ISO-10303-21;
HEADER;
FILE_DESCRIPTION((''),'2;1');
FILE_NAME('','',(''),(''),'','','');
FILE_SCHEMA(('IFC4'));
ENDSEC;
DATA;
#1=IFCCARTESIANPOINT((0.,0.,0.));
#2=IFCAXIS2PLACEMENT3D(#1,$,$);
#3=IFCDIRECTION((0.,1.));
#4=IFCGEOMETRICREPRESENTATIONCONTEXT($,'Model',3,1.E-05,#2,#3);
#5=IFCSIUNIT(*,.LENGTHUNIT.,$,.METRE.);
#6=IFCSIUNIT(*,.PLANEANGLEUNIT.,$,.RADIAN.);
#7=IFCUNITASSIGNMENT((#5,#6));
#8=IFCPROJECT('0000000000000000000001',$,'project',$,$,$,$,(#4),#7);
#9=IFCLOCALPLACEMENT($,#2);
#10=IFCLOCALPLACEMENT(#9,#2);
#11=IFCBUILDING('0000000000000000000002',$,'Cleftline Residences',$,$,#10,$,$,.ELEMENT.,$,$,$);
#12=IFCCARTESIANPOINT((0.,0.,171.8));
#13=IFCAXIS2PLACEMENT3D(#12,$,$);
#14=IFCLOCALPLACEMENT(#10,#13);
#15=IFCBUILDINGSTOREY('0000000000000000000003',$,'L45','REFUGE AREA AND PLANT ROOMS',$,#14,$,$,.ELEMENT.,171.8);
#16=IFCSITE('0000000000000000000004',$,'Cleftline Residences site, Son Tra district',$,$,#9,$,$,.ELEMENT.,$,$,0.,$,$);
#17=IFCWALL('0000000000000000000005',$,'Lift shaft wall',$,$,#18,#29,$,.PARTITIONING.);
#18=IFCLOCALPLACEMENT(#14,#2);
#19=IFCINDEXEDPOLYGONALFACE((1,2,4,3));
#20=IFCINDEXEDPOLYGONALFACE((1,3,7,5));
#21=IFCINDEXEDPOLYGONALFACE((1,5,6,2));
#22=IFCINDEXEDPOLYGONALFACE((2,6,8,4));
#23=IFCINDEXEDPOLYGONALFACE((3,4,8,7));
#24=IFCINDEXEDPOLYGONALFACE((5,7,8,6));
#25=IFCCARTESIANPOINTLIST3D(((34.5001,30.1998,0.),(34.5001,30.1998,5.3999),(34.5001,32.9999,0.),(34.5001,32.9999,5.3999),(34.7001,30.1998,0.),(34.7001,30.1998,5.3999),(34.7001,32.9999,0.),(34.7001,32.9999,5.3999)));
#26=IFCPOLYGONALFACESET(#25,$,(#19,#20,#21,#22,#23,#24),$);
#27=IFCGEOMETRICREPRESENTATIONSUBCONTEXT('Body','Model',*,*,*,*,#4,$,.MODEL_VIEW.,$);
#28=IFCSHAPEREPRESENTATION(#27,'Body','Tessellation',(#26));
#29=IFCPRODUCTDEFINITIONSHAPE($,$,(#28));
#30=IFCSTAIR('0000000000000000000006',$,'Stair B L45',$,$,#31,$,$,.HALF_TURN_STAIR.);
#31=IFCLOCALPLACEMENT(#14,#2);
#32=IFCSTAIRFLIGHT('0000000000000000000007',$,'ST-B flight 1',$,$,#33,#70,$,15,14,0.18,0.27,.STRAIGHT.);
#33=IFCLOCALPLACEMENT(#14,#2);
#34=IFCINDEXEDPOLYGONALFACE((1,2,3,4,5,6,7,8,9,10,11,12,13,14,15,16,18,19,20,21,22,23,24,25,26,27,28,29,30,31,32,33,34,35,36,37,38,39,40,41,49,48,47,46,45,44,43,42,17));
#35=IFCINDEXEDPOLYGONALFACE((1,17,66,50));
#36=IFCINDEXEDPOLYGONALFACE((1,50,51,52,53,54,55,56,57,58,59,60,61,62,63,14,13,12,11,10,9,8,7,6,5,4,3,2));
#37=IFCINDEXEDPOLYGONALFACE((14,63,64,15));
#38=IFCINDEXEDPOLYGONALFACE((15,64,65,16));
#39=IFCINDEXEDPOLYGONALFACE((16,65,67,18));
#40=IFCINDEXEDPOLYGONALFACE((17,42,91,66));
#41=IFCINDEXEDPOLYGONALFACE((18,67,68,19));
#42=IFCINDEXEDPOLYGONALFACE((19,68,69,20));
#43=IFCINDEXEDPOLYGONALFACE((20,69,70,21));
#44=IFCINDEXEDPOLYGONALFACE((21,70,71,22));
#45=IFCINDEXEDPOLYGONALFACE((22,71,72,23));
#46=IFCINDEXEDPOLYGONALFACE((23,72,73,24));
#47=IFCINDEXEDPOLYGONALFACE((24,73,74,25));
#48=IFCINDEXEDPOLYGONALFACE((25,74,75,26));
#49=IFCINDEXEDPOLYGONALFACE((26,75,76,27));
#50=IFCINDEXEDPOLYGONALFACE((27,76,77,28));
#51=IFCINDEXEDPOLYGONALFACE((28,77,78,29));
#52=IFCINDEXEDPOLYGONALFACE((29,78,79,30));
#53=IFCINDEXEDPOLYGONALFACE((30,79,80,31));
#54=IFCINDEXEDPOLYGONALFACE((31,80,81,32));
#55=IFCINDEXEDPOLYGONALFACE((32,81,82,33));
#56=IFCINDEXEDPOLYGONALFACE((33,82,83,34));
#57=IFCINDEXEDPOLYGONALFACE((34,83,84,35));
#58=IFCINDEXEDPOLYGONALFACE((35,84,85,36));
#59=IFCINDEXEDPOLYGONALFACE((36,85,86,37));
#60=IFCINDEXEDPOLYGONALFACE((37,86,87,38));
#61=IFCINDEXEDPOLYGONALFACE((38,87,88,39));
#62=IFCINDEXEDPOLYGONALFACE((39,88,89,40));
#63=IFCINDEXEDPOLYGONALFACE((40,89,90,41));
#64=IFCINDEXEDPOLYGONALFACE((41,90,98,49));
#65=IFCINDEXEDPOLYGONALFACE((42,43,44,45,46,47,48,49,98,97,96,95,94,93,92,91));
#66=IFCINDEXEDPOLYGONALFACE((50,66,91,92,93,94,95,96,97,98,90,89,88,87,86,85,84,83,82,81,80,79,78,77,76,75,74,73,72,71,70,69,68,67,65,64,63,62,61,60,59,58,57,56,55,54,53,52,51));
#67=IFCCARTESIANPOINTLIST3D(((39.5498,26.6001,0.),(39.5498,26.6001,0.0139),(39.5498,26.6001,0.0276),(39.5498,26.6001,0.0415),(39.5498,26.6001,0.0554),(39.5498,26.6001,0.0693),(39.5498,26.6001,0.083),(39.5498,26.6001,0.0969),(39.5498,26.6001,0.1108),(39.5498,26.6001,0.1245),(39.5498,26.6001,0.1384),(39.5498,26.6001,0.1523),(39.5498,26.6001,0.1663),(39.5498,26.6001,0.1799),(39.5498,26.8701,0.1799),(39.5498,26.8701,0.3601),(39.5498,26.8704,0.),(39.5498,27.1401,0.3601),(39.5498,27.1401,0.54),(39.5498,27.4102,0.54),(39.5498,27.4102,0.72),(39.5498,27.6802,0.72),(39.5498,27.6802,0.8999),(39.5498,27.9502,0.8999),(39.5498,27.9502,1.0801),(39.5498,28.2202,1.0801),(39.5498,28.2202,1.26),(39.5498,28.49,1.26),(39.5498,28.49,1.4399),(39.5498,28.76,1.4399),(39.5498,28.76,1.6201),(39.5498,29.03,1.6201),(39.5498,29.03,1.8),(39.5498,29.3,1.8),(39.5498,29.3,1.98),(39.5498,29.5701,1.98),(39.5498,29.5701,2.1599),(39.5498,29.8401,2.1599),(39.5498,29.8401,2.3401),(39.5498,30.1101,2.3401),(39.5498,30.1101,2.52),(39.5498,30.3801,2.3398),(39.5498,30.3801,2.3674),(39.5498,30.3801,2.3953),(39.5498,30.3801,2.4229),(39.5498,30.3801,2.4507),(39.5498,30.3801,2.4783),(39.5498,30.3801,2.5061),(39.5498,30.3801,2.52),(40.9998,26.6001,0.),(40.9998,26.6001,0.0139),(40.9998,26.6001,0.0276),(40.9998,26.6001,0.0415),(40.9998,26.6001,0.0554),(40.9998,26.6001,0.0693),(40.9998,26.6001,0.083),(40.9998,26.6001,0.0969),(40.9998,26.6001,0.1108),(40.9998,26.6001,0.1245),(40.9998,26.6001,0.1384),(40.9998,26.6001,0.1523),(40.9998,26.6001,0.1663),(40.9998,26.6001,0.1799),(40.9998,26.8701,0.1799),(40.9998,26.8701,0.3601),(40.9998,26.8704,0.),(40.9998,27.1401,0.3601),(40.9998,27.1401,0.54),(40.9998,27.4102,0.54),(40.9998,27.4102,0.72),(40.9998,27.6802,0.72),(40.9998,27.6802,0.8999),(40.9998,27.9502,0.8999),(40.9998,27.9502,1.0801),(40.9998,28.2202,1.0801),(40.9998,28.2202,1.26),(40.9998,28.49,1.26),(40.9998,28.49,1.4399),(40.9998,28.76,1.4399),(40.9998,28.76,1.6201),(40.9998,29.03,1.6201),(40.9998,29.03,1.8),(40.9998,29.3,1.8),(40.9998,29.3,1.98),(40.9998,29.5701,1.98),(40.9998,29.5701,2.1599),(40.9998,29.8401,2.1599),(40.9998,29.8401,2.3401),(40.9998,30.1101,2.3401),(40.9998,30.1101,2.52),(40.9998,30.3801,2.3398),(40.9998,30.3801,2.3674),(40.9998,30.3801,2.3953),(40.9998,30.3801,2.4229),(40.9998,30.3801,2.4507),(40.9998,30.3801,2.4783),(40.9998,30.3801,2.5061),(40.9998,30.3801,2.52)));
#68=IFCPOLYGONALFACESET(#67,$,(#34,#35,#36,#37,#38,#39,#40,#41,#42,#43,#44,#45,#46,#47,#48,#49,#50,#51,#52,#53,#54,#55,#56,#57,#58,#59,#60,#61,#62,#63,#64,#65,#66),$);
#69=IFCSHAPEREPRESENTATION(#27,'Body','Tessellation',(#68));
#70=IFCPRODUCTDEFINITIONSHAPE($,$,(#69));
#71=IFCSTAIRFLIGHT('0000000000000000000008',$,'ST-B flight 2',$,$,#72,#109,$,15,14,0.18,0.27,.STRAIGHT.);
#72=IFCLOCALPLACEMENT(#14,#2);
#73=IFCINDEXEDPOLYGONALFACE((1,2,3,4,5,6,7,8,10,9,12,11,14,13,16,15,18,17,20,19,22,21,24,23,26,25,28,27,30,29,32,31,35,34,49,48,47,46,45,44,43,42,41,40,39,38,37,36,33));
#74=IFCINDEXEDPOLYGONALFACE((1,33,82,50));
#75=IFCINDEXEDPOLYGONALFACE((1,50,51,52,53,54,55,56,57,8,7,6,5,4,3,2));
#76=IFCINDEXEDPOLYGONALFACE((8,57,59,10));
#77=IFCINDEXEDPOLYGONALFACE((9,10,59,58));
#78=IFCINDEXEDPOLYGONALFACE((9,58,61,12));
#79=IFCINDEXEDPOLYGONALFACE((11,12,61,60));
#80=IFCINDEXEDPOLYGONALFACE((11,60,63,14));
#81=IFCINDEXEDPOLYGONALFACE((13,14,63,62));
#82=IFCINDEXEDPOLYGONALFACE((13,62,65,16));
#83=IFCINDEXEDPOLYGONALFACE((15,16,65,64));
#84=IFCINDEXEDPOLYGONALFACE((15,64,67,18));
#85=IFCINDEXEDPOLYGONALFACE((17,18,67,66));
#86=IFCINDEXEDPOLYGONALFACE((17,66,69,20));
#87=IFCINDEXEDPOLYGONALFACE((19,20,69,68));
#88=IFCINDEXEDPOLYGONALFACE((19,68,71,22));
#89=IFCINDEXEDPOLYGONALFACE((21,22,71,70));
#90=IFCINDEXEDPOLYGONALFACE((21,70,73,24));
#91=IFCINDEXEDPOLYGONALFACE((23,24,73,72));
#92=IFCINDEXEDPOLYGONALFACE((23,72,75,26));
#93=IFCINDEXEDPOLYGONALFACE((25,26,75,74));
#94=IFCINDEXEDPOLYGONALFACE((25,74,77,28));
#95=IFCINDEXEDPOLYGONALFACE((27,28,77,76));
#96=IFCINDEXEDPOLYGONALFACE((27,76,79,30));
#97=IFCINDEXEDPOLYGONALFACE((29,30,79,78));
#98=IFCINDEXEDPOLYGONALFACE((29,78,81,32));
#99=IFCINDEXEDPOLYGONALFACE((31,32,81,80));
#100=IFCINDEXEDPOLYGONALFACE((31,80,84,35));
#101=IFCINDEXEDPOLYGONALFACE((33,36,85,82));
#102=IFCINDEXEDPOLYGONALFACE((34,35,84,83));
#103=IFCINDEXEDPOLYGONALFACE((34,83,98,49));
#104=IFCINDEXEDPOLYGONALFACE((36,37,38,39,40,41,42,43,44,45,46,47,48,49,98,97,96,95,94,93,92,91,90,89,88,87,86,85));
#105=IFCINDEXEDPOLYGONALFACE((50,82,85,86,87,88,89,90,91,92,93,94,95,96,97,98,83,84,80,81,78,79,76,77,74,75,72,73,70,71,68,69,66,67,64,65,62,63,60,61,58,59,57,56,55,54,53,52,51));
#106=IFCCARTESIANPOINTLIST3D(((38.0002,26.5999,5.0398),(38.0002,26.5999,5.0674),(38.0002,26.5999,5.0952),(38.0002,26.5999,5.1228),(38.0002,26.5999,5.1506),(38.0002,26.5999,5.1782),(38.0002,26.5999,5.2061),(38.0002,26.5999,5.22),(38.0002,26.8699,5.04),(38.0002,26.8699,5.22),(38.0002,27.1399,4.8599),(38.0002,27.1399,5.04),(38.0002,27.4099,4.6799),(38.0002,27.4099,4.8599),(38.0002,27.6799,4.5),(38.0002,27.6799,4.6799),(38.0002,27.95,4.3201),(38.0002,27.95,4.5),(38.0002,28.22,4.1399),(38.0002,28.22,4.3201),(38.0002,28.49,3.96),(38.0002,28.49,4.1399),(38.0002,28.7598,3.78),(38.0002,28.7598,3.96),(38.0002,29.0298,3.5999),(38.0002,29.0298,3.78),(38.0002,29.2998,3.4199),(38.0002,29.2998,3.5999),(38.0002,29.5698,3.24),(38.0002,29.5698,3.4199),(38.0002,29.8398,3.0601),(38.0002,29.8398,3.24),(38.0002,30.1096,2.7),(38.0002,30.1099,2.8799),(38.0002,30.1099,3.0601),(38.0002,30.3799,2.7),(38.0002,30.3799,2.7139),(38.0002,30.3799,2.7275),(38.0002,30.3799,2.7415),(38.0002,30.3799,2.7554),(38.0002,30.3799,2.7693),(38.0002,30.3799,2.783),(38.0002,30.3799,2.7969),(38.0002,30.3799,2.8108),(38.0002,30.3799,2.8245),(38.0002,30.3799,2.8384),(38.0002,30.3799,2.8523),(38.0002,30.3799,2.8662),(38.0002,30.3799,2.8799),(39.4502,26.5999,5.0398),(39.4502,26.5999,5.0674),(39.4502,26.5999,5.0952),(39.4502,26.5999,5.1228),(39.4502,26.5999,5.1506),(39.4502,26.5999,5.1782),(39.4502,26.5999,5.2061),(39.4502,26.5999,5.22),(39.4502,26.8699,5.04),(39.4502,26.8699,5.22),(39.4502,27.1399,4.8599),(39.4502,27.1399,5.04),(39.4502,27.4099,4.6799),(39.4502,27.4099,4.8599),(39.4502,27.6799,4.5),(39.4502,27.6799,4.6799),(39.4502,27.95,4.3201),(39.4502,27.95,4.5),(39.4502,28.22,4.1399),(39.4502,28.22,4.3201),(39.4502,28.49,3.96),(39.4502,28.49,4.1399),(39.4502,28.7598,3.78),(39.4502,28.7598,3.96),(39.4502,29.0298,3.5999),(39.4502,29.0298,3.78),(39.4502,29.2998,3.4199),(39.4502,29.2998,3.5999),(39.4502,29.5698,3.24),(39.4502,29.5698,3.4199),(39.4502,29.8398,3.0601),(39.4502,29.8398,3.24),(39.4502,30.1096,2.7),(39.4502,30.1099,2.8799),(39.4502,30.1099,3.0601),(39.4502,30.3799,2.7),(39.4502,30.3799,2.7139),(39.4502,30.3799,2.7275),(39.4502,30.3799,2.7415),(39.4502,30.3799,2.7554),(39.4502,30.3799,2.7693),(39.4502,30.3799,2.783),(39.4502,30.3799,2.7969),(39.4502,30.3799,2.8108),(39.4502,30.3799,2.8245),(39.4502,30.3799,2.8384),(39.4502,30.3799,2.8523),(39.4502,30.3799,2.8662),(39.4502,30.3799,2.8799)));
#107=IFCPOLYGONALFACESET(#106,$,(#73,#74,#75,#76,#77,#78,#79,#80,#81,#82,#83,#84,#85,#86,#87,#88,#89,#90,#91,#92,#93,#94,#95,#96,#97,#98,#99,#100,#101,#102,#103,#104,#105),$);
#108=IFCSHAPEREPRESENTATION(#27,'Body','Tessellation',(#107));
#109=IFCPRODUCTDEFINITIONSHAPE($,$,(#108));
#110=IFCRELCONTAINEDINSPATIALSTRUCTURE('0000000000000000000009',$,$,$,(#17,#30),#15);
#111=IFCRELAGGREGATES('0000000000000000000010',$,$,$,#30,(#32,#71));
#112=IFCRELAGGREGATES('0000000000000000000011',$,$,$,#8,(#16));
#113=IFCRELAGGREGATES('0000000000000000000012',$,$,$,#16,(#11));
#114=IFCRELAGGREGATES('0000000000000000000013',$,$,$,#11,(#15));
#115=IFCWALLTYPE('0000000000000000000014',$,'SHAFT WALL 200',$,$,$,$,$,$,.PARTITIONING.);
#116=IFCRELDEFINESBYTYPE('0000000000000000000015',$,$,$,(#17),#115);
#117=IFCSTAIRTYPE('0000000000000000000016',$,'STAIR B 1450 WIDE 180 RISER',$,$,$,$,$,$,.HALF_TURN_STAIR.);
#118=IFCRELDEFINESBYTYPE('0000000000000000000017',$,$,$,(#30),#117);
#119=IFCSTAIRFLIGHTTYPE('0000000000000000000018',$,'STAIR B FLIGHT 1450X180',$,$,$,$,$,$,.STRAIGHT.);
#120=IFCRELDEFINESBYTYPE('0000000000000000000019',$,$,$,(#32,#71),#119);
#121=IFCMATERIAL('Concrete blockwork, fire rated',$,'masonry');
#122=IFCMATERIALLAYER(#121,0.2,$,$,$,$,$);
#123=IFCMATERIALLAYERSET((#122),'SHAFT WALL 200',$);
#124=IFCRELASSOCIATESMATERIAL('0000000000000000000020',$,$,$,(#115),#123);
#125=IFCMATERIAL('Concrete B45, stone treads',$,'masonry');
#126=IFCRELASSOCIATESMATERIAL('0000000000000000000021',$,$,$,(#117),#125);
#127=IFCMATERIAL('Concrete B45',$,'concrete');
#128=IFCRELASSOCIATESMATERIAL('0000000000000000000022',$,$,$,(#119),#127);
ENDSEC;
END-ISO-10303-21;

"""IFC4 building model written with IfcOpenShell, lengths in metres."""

from ifc_helpers import new_model, si_unit, direction, frame, frame_2d, origin, place, context, subcontext, project, spatial, polyline, rectangle, outline, extrude, material, layer, layer_set, type_object, element, aggregate, save


model = new_model("IFC4")

# Units and contexts
model_context = context("Model", 3, precision=1e-05, world=origin(), true_north=direction((0.0, 1.0)))
body_context = subcontext(model_context, "Body", "Model", "MODEL_VIEW")
ifc_project = project(units=[si_unit("LENGTHUNIT", "METRE"), si_unit("PLANEANGLEUNIT", "RADIAN")], contexts=[model_context])

# Site, building, storey
site_placement = place(None, origin())
site = spatial("IfcSite", under=ifc_project, at=site_placement, Name="Cleftline Residences site, Son Tra district", CompositionType="ELEMENT", RefElevation=0.0)
building_placement = place(site_placement, origin())
building = spatial("IfcBuilding", under=site, at=building_placement, Name="Cleftline Residences", CompositionType="ELEMENT")
storey_placement = place(building_placement, frame((0.0, 0.0, 171.8)))
storey = spatial("IfcBuildingStorey", under=building, at=storey_placement, Name="L45", Description="REFUGE AREA AND PLANT ROOMS", CompositionType="ELEMENT", Elevation=171.8)

# Wall
ifc_material_1 = material(Name="Concrete blockwork, fire rated", Category="masonry")
ifc_layer_1 = layer(ifc_material_1, 0.2)
ifc_layer_set_1 = layer_set([ifc_layer_1], Name="SHAFT WALL 200")
wall_type_1 = type_object("IfcWallType", Name="SHAFT WALL 200", PredefinedType="PARTITIONING", material=ifc_layer_set_1)
for number, where, z_axis, x_axis, name in (
    (1, (34.6001, 30.2, 0.0), (0.0, 0.0, 1.0), (0.0, 1.0, 0.0), "Lift shaft wall"),
):
    element("IfcWall", number, at=place(storey_placement, frame(where, z_axis=z_axis, x_axis=x_axis)), inside=storey, type_object=wall_type_1, Name=name, PredefinedType="PARTITIONING", context=body_context, shape_type="SweptSolid", body=[
        extrude(rectangle(XDim=2.8, YDim=0.2, at=frame_2d((1.3999, 0.0))), origin(), (0.0, 0.0, 1.0), 5.3999),
    ])

# Stair, stair flights
ifc_material_2 = material(Name="Concrete B45, stone treads", Category="masonry")
stair_type = type_object("IfcStairType", Name="STAIR B 1450 WIDE 180 RISER", PredefinedType="HALF_TURN_STAIR", material=ifc_material_2)
stair_placement = place(storey_placement, origin())
stair = element("IfcStair", 2, at=stair_placement, inside=storey, type_object=stair_type, Name="Stair B L45", PredefinedType="HALF_TURN_STAIR")
ifc_material_3 = material(Name="Concrete B45", Category="concrete")
stair_flight_type = type_object("IfcStairFlightType", Name="STAIR B FLIGHT 1450X180", PredefinedType="STRAIGHT", material=ifc_material_3)
stair_flight_1_placement = place(storey_placement, frame((40.2749, 26.6001, 0.0), z_axis=(0.0, 0.0, 1.0), x_axis=(0.0, 1.0, 0.0)))
stair_flight_1 = element("IfcStairFlight", 3, at=stair_flight_1_placement, type_object=stair_flight_type, Name="ST-B flight 1", NumberOfRisers=15, NumberOfTreads=14, PredefinedType="STRAIGHT", RiserHeight=0.18, TreadLength=0.27, context=body_context, shape_type="SweptSolid", body=[
    extrude(outline(polyline([(0.0, 0.0), (0.0, 0.0139), (0.0, 0.0276), (0.0, 0.0415), (0.0, 0.0554), (0.0, 0.0693), (0.0, 0.083), (0.0, 0.0969), (0.0, 0.1108), (0.0, 0.1245), (0.0, 0.1384), (0.0, 0.1523), (0.0, 0.1663), (0.0, 0.1799), (0.27, 0.1799), (0.27, 0.3601), (0.54, 0.3601), (0.54, 0.54), (0.8101, 0.54), (0.8101, 0.72), (1.0801, 0.72), (1.0801, 0.8999), (1.3501, 0.8999), (1.3501, 1.0801), (1.6201, 1.0801), (1.6201, 1.26), (1.8899, 1.26), (1.8899, 1.4399), (2.1599, 1.4399), (2.1599, 1.6201), (2.4299, 1.6201), (2.4299, 1.8), (2.7, 1.8), (2.7, 1.98), (2.97, 1.98), (2.97, 2.1599), (3.24, 2.1599), (3.24, 2.3401), (3.51, 2.3401), (3.51, 2.52), (3.78, 2.52), (3.78, 2.7), (3.78, 2.6724), (3.78, 2.6445), (3.78, 2.6169), (3.78, 2.5891), (3.78, 2.5615), (3.78, 2.5337), (3.78, 2.5061), (3.78, 2.4783), (3.78, 2.4507), (3.78, 2.4229), (3.78, 2.3953), (3.78, 2.3674), (3.78, 2.3398), (0.2703, 0.0), (0.0, 0.0)])), frame((0.0, 0.7251, 0.0), z_axis=(0.0, -1.0, 0.0), x_axis=(1.0, 0.0, 0.0)), (0.0, 0.0, 1.0), 1.45),
])
stair_flight_2_placement = place(storey_placement, frame((38.7251, 30.3799, 2.7), z_axis=(0.0, 0.0, 1.0), x_axis=(0.0, -1.0, 0.0)))
stair_flight_2 = element("IfcStairFlight", 4, at=stair_flight_2_placement, type_object=stair_flight_type, Name="ST-B flight 2", NumberOfRisers=15, NumberOfTreads=14, PredefinedType="STRAIGHT", RiserHeight=0.18, TreadLength=0.27, context=body_context, shape_type="SweptSolid", body=[
    extrude(outline(polyline([(0.0, 0.0), (0.0, 0.0139), (0.0, 0.0276), (0.0, 0.0415), (0.0, 0.0554), (0.0, 0.0693), (0.0, 0.083), (0.0, 0.0969), (0.0, 0.1108), (0.0, 0.1245), (0.0, 0.1384), (0.0, 0.1523), (0.0, 0.1663), (0.0, 0.1799), (0.27, 0.1799), (0.27, 0.3601), (0.54, 0.3601), (0.54, 0.54), (0.8101, 0.54), (0.8101, 0.72), (1.0801, 0.72), (1.0801, 0.8999), (1.3501, 0.8999), (1.3501, 1.0801), (1.6201, 1.0801), (1.6201, 1.26), (1.8899, 1.26), (1.8899, 1.4399), (2.1599, 1.4399), (2.1599, 1.6201), (2.4299, 1.6201), (2.4299, 1.8), (2.7, 1.8), (2.7, 1.98), (2.97, 1.98), (2.97, 2.1599), (3.24, 2.1599), (3.24, 2.3401), (3.51, 2.3401), (3.51, 2.52), (3.78, 2.52), (3.78, 2.7), (3.78, 2.6724), (3.78, 2.6445), (3.78, 2.6169), (3.78, 2.5891), (3.78, 2.5615), (3.78, 2.5337), (3.78, 2.5061), (3.78, 2.4783), (3.78, 2.4507), (3.78, 2.4229), (3.78, 2.3953), (3.78, 2.3674), (3.78, 2.3398), (0.2703, 0.0), (0.0, 0.0)])), frame((0.0, 0.7251, 0.0), z_axis=(0.0, -1.0, 0.0), x_axis=(1.0, 0.0, 0.0)), (0.0, 0.0, 1.0), 1.45),
])
aggregate(stair, [stair_flight_1, stair_flight_2])

save(model, "model.ifc")
